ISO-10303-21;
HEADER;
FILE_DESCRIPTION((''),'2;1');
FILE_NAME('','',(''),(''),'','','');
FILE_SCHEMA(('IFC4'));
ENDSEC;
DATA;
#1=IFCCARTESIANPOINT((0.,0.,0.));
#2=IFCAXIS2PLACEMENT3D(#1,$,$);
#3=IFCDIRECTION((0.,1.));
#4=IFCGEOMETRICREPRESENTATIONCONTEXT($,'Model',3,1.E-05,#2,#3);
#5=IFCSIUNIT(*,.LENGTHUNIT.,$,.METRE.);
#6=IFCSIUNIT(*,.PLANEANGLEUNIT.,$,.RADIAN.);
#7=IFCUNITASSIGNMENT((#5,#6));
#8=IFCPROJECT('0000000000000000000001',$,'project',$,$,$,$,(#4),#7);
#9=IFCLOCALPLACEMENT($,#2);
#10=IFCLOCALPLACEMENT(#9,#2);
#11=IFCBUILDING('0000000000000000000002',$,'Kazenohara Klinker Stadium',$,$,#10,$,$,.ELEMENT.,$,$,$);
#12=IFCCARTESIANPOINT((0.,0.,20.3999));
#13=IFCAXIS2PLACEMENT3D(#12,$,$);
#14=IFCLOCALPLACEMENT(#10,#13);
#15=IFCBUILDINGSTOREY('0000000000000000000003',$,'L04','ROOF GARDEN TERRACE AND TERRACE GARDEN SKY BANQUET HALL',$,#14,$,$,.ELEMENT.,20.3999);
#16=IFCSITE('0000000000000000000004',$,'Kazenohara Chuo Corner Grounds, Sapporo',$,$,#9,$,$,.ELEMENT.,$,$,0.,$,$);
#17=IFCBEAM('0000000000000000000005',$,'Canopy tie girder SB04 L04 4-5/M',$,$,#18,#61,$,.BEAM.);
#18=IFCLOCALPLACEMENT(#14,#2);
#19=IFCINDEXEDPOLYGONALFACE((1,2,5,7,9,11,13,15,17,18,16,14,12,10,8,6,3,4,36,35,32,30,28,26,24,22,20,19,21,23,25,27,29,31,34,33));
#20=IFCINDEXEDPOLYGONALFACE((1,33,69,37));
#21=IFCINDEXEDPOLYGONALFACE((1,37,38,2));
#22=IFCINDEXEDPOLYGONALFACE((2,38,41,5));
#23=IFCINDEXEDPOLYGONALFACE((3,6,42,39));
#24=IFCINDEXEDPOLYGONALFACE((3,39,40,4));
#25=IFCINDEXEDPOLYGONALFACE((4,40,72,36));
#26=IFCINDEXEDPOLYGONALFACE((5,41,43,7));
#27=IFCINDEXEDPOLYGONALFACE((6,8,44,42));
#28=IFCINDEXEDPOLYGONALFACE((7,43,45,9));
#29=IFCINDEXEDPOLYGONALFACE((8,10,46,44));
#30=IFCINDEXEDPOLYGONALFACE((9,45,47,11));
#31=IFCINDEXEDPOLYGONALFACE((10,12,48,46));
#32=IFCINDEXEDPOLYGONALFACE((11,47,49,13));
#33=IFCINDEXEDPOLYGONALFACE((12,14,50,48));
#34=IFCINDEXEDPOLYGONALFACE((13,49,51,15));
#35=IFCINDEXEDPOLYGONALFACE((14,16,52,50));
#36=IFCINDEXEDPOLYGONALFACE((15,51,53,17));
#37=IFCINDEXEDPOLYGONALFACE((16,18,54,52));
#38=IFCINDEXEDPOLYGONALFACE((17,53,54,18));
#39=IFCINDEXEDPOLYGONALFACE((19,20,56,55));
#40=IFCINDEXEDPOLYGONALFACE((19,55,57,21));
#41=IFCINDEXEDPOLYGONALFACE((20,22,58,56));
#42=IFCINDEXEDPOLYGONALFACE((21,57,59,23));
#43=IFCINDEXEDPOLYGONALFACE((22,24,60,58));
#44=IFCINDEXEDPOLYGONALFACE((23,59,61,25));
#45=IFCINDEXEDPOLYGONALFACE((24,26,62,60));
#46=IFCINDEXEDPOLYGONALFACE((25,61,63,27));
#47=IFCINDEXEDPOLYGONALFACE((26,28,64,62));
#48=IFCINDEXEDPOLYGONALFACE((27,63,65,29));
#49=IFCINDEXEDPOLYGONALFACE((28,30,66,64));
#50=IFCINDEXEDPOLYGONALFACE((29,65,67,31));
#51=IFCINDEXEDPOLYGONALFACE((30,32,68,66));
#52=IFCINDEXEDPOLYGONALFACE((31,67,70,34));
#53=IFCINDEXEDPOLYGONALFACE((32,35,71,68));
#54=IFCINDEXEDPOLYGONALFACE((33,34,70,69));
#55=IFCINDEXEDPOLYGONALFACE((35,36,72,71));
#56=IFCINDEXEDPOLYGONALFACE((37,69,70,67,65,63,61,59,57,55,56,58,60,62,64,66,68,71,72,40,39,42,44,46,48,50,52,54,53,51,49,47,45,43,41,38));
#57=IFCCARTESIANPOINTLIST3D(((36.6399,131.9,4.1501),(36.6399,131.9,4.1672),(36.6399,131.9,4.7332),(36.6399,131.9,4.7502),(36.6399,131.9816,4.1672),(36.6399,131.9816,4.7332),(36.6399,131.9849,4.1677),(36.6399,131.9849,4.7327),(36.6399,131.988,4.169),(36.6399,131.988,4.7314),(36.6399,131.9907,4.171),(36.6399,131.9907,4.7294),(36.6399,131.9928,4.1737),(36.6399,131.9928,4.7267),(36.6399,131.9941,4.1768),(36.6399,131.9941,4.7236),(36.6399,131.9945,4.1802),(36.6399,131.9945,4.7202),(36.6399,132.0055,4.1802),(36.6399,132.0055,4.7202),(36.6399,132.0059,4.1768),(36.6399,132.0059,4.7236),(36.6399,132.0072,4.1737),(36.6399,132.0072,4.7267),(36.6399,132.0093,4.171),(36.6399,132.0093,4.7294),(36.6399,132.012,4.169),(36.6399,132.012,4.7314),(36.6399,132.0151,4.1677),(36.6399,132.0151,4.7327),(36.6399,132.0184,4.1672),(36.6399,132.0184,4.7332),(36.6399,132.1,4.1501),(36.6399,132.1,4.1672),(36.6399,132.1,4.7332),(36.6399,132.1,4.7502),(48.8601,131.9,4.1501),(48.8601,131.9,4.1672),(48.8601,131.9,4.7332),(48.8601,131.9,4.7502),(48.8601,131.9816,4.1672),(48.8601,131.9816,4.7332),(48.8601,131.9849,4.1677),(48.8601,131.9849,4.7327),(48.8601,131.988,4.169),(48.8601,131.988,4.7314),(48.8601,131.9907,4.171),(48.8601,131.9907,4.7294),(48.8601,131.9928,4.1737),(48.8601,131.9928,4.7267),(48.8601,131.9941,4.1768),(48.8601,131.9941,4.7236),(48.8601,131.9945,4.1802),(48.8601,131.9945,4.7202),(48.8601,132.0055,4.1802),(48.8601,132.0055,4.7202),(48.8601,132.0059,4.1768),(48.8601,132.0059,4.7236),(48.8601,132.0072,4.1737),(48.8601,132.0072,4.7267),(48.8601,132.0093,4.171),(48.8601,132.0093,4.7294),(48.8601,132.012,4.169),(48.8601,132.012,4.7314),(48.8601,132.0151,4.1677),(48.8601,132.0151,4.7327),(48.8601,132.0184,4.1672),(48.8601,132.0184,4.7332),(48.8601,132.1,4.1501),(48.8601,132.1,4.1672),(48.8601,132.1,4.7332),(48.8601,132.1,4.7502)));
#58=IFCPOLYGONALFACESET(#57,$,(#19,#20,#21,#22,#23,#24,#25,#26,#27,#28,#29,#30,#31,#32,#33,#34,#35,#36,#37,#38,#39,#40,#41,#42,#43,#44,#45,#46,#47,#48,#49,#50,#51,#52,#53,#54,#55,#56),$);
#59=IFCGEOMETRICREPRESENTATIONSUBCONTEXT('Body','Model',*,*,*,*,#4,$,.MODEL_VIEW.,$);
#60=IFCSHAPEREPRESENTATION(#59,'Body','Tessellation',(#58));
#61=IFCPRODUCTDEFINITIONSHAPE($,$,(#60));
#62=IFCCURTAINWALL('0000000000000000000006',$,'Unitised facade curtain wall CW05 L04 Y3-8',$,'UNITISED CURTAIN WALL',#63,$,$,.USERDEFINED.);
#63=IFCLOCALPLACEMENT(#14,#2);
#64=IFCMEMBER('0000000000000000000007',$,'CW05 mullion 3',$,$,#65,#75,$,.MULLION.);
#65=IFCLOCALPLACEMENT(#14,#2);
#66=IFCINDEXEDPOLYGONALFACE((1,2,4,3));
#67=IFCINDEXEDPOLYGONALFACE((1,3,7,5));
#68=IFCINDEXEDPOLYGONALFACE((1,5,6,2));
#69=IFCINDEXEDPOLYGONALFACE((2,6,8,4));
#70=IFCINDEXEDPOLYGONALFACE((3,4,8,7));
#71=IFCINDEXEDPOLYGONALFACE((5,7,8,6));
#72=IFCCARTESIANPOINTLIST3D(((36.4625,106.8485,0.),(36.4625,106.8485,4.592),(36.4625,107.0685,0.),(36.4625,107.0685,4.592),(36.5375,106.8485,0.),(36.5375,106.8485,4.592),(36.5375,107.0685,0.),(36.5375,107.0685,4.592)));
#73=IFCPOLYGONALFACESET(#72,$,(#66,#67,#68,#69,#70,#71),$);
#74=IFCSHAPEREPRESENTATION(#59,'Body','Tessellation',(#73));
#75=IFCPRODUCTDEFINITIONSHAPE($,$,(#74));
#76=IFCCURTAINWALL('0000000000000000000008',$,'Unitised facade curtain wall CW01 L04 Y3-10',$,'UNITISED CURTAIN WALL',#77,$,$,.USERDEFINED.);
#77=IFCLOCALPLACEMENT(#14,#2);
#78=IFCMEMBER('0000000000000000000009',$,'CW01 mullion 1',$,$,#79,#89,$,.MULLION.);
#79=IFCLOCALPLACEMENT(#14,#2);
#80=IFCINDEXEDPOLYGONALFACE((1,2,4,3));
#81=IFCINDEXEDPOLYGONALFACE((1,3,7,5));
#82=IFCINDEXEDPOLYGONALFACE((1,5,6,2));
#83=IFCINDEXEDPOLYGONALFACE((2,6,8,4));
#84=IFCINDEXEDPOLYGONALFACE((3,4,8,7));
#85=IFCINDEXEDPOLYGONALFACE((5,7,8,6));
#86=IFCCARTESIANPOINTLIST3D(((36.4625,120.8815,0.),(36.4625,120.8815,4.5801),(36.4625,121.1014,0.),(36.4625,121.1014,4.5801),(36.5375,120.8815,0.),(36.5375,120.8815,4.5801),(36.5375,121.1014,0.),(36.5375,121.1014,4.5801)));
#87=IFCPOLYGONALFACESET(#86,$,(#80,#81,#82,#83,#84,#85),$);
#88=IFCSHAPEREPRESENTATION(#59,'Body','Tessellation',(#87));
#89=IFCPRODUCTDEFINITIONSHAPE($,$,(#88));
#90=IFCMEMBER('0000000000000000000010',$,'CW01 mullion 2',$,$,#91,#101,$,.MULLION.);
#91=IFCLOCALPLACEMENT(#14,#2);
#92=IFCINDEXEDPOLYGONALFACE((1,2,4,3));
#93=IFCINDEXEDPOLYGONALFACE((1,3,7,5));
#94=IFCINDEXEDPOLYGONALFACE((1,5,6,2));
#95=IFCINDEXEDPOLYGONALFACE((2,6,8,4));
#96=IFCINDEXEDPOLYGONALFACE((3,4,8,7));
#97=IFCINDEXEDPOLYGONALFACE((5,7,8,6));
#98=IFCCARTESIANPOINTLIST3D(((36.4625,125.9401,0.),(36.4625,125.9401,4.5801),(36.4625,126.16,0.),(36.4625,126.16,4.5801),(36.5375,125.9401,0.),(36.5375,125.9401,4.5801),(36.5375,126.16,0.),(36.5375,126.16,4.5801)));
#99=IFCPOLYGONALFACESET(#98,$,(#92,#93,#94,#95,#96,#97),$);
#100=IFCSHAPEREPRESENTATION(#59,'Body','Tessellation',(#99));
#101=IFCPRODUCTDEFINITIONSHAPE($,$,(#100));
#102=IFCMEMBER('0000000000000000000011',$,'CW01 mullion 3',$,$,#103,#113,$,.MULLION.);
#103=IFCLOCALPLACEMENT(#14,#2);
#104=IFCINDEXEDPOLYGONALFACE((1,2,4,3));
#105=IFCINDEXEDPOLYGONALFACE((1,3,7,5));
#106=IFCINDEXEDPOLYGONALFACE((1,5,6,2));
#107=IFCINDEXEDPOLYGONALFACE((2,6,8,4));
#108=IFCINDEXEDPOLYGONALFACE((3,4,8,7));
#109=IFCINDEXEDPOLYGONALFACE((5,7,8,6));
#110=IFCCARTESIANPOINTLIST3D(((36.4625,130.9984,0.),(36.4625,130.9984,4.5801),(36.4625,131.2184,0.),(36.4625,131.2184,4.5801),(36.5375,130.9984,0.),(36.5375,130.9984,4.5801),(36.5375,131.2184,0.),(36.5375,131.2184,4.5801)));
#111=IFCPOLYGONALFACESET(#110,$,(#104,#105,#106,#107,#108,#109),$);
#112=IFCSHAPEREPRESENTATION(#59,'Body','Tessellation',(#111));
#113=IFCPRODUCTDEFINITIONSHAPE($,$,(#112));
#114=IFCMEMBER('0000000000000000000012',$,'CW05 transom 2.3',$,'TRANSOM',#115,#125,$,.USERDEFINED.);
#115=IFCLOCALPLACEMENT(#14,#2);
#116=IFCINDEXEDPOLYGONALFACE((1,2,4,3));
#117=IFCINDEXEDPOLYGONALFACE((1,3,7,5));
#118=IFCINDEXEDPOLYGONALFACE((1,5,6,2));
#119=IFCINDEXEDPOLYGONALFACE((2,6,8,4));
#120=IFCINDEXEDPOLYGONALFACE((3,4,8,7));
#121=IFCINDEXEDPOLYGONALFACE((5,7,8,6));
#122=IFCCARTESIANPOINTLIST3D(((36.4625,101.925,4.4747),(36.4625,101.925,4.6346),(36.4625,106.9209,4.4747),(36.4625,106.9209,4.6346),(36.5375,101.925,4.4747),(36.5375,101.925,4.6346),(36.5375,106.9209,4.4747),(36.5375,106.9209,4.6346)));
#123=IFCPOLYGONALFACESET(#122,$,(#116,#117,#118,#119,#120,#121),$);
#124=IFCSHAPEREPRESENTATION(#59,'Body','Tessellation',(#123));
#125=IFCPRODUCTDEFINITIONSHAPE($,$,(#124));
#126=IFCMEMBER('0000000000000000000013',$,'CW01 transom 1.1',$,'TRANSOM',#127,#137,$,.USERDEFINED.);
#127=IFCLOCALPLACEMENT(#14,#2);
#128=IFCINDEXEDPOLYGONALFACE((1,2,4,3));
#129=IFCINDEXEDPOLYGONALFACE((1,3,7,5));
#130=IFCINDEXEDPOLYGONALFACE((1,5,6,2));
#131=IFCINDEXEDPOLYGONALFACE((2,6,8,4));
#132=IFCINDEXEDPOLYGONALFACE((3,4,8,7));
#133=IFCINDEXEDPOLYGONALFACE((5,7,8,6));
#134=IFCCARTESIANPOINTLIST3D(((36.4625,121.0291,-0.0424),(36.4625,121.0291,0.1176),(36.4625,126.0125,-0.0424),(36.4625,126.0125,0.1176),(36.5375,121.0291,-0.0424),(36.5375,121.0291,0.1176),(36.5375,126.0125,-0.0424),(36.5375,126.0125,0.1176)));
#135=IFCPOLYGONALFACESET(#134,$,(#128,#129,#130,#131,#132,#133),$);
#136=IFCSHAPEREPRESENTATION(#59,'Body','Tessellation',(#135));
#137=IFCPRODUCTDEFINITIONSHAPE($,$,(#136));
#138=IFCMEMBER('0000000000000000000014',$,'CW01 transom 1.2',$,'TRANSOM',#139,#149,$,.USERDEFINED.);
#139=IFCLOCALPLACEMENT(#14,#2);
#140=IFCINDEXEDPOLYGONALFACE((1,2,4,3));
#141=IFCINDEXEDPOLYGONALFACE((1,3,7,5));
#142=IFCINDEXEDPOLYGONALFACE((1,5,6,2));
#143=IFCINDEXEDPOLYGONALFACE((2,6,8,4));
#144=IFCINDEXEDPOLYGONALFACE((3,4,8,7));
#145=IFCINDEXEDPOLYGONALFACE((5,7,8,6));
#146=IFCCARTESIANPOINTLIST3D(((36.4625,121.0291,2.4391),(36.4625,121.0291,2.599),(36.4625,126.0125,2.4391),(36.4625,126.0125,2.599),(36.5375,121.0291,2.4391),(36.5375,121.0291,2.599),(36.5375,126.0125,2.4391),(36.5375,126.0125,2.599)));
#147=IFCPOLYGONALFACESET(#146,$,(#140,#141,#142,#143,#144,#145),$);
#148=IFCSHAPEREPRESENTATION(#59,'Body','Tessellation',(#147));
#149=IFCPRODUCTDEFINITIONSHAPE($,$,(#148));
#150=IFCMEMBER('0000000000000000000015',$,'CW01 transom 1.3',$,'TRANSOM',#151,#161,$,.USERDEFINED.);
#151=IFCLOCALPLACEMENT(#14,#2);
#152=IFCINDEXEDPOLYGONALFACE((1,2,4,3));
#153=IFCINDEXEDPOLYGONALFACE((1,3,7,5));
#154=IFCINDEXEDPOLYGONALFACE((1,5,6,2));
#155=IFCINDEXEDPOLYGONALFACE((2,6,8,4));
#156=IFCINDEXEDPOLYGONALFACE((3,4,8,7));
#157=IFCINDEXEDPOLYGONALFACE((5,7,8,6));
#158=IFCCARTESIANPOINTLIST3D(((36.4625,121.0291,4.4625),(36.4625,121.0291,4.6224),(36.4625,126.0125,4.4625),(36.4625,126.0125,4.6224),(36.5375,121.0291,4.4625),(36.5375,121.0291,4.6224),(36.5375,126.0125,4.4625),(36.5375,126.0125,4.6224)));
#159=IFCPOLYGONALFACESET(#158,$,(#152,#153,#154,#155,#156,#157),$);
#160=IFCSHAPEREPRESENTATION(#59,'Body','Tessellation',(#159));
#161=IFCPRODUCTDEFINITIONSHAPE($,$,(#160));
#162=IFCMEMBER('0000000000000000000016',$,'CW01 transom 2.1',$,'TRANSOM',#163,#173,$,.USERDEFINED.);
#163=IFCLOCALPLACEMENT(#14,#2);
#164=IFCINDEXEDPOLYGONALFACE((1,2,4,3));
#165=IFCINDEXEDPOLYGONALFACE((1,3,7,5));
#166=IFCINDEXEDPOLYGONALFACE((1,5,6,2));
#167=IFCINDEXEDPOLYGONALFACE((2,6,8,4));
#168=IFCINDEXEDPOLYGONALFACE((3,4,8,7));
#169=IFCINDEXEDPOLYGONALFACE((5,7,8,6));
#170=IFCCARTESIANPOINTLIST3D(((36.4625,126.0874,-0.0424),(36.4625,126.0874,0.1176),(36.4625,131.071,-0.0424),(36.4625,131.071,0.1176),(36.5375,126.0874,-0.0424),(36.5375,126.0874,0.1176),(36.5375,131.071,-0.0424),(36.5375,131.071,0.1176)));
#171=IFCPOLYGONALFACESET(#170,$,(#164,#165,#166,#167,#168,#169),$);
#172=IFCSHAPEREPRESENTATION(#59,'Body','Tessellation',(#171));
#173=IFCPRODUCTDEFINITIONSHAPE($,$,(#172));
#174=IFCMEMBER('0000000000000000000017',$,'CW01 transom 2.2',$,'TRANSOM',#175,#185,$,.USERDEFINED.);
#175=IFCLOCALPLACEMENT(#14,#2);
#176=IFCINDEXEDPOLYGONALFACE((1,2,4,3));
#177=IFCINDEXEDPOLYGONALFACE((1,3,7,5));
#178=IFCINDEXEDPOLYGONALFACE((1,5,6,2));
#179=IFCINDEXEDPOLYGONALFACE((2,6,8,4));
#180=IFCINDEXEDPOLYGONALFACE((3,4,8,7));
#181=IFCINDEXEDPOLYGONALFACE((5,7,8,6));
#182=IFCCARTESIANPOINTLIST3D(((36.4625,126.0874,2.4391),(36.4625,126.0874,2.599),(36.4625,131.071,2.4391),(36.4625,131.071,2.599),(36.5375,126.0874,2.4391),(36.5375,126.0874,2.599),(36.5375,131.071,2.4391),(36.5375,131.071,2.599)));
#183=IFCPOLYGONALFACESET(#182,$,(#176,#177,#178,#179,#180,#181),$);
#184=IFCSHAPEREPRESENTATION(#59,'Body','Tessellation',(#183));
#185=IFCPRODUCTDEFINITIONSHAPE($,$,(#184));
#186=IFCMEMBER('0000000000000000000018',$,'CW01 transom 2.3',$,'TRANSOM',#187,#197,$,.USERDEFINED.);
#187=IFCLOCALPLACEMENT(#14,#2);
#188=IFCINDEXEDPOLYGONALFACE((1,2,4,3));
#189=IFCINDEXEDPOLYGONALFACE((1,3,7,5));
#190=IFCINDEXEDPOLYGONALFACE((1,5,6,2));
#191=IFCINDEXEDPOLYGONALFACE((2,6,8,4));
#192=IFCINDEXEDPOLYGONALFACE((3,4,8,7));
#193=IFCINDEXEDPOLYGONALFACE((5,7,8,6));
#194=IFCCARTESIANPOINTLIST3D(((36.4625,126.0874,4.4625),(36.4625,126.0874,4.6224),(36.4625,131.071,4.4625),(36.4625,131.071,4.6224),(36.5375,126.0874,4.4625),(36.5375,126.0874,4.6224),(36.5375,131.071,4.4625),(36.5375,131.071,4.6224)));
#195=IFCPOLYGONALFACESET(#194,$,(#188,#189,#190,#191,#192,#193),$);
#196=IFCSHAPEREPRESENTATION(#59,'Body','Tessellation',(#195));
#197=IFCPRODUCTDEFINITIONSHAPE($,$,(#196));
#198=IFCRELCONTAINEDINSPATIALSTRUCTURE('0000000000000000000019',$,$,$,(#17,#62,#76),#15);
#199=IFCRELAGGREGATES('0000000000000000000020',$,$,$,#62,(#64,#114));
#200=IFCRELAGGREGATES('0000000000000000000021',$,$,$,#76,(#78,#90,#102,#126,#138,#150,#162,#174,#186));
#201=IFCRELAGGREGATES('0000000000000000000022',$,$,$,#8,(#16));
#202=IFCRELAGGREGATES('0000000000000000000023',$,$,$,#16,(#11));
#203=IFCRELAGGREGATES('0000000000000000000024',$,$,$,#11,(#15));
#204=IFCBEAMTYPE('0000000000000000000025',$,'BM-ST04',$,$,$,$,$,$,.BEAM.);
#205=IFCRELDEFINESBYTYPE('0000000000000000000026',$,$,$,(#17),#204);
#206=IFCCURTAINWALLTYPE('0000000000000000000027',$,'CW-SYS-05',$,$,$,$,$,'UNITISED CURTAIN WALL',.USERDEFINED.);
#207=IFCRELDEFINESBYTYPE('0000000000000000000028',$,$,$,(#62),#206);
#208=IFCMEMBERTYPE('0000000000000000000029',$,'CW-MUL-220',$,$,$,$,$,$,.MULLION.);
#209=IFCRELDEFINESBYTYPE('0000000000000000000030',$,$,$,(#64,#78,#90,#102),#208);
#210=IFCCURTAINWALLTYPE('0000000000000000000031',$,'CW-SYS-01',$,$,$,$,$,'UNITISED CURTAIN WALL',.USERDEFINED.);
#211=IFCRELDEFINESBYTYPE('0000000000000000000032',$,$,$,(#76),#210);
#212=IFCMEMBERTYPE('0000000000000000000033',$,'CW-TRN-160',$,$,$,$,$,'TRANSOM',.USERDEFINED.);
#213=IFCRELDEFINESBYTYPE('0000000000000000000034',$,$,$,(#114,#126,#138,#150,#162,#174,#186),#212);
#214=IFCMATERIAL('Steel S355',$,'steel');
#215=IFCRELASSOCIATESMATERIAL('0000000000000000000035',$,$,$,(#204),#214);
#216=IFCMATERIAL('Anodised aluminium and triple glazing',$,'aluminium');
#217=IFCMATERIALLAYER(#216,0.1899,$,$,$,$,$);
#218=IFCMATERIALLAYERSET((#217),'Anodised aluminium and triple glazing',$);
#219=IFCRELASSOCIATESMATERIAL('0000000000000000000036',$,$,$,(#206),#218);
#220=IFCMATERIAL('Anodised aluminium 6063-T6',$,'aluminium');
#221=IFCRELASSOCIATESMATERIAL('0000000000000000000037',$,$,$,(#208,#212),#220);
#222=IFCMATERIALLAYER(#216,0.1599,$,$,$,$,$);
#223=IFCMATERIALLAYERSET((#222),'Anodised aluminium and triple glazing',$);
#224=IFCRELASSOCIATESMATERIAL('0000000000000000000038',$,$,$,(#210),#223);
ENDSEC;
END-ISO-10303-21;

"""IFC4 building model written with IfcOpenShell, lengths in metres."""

from ifc_helpers import new_model, si_unit, direction, frame, origin, origin_2d, place, context, subcontext, project, spatial, rectangle, i_section, extrude, material, layer, layer_set, material_profile, profile_set, type_object, element, aggregate, save


model = new_model("IFC4")

# Units and contexts
model_context = context("Model", 3, precision=1e-05, world=origin(), true_north=direction((0.0, 1.0)))
body_context = subcontext(model_context, "Body", "Model", "MODEL_VIEW")
ifc_project = project(units=[si_unit("LENGTHUNIT", "METRE"), si_unit("PLANEANGLEUNIT", "RADIAN")], contexts=[model_context])

# Site, building, storey
site_placement = place(None, origin())
site = spatial("IfcSite", under=ifc_project, at=site_placement, Name="Kazenohara Chuo Corner Grounds, Sapporo", CompositionType="ELEMENT", RefElevation=0.0)
building_placement = place(site_placement, origin())
building = spatial("IfcBuilding", under=site, at=building_placement, Name="Kazenohara Klinker Stadium", CompositionType="ELEMENT")
storey_placement = place(building_placement, frame((0.0, 0.0, 20.3999)))
storey = spatial("IfcBuildingStorey", under=building, at=storey_placement, Name="L04", Description="ROOF GARDEN TERRACE AND TERRACE GARDEN SKY BANQUET HALL", CompositionType="ELEMENT", Elevation=20.3999)

# Beam
ifc_material_1 = material(Name="Steel S355", Category="steel")
ifc_material_profile_1 = material_profile(ifc_material_1, i_section(OverallWidth=0.2, OverallDepth=0.6001, WebThickness=0.011, FlangeThickness=0.0171, FilletRadius=0.0129, at=origin_2d()), Name="H-600x200x11x17")
ifc_profile_set_1 = profile_set([ifc_material_profile_1], Name="Steel S355")
beam_type = type_object("IfcBeamType", Name="BM-ST04", PredefinedType="BEAM", material=ifc_profile_set_1)
beam_placement = place(storey_placement, frame((36.6399, 132.0, 4.4502), z_axis=(1.0, 0.0, 0.0), x_axis=(0.0, 1.0, 0.0)))
element("IfcBeam", 1, at=beam_placement, inside=storey, type_object=beam_type, Name="Canopy tie girder SB04 L04 4-5/M", PredefinedType="BEAM", context=body_context, shape_type="SweptSolid", body=[
    extrude(i_section(OverallWidth=0.2, OverallDepth=0.6001, WebThickness=0.011, FlangeThickness=0.0171, FilletRadius=0.0129, at=origin_2d()), origin(), (0.0, 0.0, 1.0), 12.2202),
])

# Curtain wall, member
ifc_material_2 = material(Name="Anodised aluminium and triple glazing", Category="aluminium")
ifc_layer_1 = layer(ifc_material_2, 0.1899)
ifc_layer_set_1 = layer_set([ifc_layer_1], Name="Anodised aluminium and triple glazing")
curtain_wall_type_1 = type_object("IfcCurtainWallType", Name="CW-SYS-05", ElementType="UNITISED CURTAIN WALL", PredefinedType="USERDEFINED", material=ifc_layer_set_1)
curtain_wall_1_placement = place(storey_placement, origin())
curtain_wall_1 = element("IfcCurtainWall", 2, at=curtain_wall_1_placement, inside=storey, type_object=curtain_wall_type_1, Name="Unitised facade curtain wall CW05 L04 Y3-8", ObjectType="UNITISED CURTAIN WALL", PredefinedType="USERDEFINED")
ifc_material_3 = material(Name="Anodised aluminium 6063-T6", Category="aluminium")
ifc_material_profile_2 = material_profile(ifc_material_3, rectangle(XDim=0.075, YDim=0.22, at=origin_2d()), Name="ALU-MUL-75x220")
ifc_profile_set_2 = profile_set([ifc_material_profile_2], Name="Anodised aluminium 6063-T6")
member_type_1 = type_object("IfcMemberType", Name="CW-MUL-220", PredefinedType="MULLION", material=ifc_profile_set_2)
member_1_placement = place(storey_placement, frame((36.5, 106.9585, 0.0), z_axis=(0.0, 0.0, 1.0), x_axis=(-1.0, 0.0, 0.0)))
member_1 = element("IfcMember", 3, at=member_1_placement, type_object=member_type_1, Name="CW05 mullion 3", PredefinedType="MULLION", context=body_context, shape_type="SweptSolid", body=[
    extrude(rectangle(XDim=0.075, YDim=0.22, at=origin_2d()), origin(), (0.0, 0.0, 1.0), 4.592),
])

# Curtain wall, members
ifc_layer_2 = layer(ifc_material_2, 0.1599)
ifc_layer_set_2 = layer_set([ifc_layer_2], Name="Anodised aluminium and triple glazing")
curtain_wall_type_2 = type_object("IfcCurtainWallType", Name="CW-SYS-01", ElementType="UNITISED CURTAIN WALL", PredefinedType="USERDEFINED", material=ifc_layer_set_2)
curtain_wall_2_placement = place(storey_placement, origin())
curtain_wall_2 = element("IfcCurtainWall", 4, at=curtain_wall_2_placement, inside=storey, type_object=curtain_wall_type_2, Name="Unitised facade curtain wall CW01 L04 Y3-10", ObjectType="UNITISED CURTAIN WALL", PredefinedType="USERDEFINED")
member_2_placement = place(storey_placement, frame((36.5, 120.9915, 0.0), z_axis=(0.0, 0.0, 1.0), x_axis=(-1.0, 0.0, 0.0)))
member_2 = element("IfcMember", 5, at=member_2_placement, type_object=member_type_1, Name="CW01 mullion 1", PredefinedType="MULLION", context=body_context, shape_type="SweptSolid", body=[
    extrude(rectangle(XDim=0.075, YDim=0.22, at=origin_2d()), origin(), (0.0, 0.0, 1.0), 4.5801),
])
member_3_placement = place(storey_placement, frame((36.5, 126.05, 0.0), z_axis=(0.0, 0.0, 1.0), x_axis=(-1.0, 0.0, 0.0)))
member_3 = element("IfcMember", 6, at=member_3_placement, type_object=member_type_1, Name="CW01 mullion 2", PredefinedType="MULLION", context=body_context, shape_type="SweptSolid", body=[
    extrude(rectangle(XDim=0.075, YDim=0.22, at=origin_2d()), origin(), (0.0, 0.0, 1.0), 4.5801),
])
member_4_placement = place(storey_placement, frame((36.5, 131.1084, 0.0), z_axis=(0.0, 0.0, 1.0), x_axis=(-1.0, 0.0, 0.0)))
member_4 = element("IfcMember", 7, at=member_4_placement, type_object=member_type_1, Name="CW01 mullion 3", PredefinedType="MULLION", context=body_context, shape_type="SweptSolid", body=[
    extrude(rectangle(XDim=0.075, YDim=0.22, at=origin_2d()), origin(), (0.0, 0.0, 1.0), 4.5801),
])

# Members
ifc_material_profile_3 = material_profile(ifc_material_3, rectangle(XDim=0.075, YDim=0.1599, at=origin_2d()), Name="ALU-TRN-75x160")
ifc_profile_set_3 = profile_set([ifc_material_profile_3], Name="Anodised aluminium 6063-T6")
member_type_2 = type_object("IfcMemberType", Name="CW-TRN-160", ElementType="TRANSOM", PredefinedType="USERDEFINED", material=ifc_profile_set_3)
member_5_placement = place(storey_placement, frame((36.5, 101.925, 4.5547), z_axis=(0.0, 1.0, 0.0), x_axis=(-1.0, 0.0, 0.0)))
member_5 = element("IfcMember", 8, at=member_5_placement, type_object=member_type_2, Name="CW05 transom 2.3", ObjectType="TRANSOM", PredefinedType="USERDEFINED", context=body_context, shape_type="SweptSolid", body=[
    extrude(rectangle(XDim=0.075, YDim=0.1599, at=origin_2d()), origin(), (0.0, 0.0, 1.0), 4.9958),
])
member_6_placement = place(storey_placement, frame((36.5, 121.0291, 0.0376), z_axis=(0.0, 1.0, 0.0), x_axis=(-1.0, 0.0, 0.0)))
member_6 = element("IfcMember", 9, at=member_6_placement, type_object=member_type_2, Name="CW01 transom 1.1", ObjectType="TRANSOM", PredefinedType="USERDEFINED", context=body_context, shape_type="SweptSolid", body=[
    extrude(rectangle(XDim=0.075, YDim=0.1599, at=origin_2d()), origin(), (0.0, 0.0, 1.0), 4.9834),
])
member_7_placement = place(storey_placement, frame((36.5, 121.0291, 2.519), z_axis=(0.0, 1.0, 0.0), x_axis=(-1.0, 0.0, 0.0)))
member_7 = element("IfcMember", 10, at=member_7_placement, type_object=member_type_2, Name="CW01 transom 1.2", ObjectType="TRANSOM", PredefinedType="USERDEFINED", context=body_context, shape_type="SweptSolid", body=[
    extrude(rectangle(XDim=0.075, YDim=0.1599, at=origin_2d()), origin(), (0.0, 0.0, 1.0), 4.9834),
])
member_8_placement = place(storey_placement, frame((36.5, 121.0291, 4.5425), z_axis=(0.0, 1.0, 0.0), x_axis=(-1.0, 0.0, 0.0)))
member_8 = element("IfcMember", 11, at=member_8_placement, type_object=member_type_2, Name="CW01 transom 1.3", ObjectType="TRANSOM", PredefinedType="USERDEFINED", context=body_context, shape_type="SweptSolid", body=[
    extrude(rectangle(XDim=0.075, YDim=0.1599, at=origin_2d()), origin(), (0.0, 0.0, 1.0), 4.9834),
])
member_9_placement = place(storey_placement, frame((36.5, 126.0874, 0.0376), z_axis=(0.0, 1.0, 0.0), x_axis=(-1.0, 0.0, 0.0)))
member_9 = element("IfcMember", 12, at=member_9_placement, type_object=member_type_2, Name="CW01 transom 2.1", ObjectType="TRANSOM", PredefinedType="USERDEFINED", context=body_context, shape_type="SweptSolid", body=[
    extrude(rectangle(XDim=0.075, YDim=0.1599, at=origin_2d()), origin(), (0.0, 0.0, 1.0), 4.9836),
])
member_10_placement = place(storey_placement, frame((36.5, 126.0874, 2.519), z_axis=(0.0, 1.0, 0.0), x_axis=(-1.0, 0.0, 0.0)))
member_10 = element("IfcMember", 13, at=member_10_placement, type_object=member_type_2, Name="CW01 transom 2.2", ObjectType="TRANSOM", PredefinedType="USERDEFINED", context=body_context, shape_type="SweptSolid", body=[
    extrude(rectangle(XDim=0.075, YDim=0.1599, at=origin_2d()), origin(), (0.0, 0.0, 1.0), 4.9836),
])
member_11_placement = place(storey_placement, frame((36.5, 126.0874, 4.5425), z_axis=(0.0, 1.0, 0.0), x_axis=(-1.0, 0.0, 0.0)))
member_11 = element("IfcMember", 14, at=member_11_placement, type_object=member_type_2, Name="CW01 transom 2.3", ObjectType="TRANSOM", PredefinedType="USERDEFINED", context=body_context, shape_type="SweptSolid", body=[
    extrude(rectangle(XDim=0.075, YDim=0.1599, at=origin_2d()), origin(), (0.0, 0.0, 1.0), 4.9836),
])

aggregate(curtain_wall_1, [member_1, member_5])
aggregate(curtain_wall_2, [member_2, member_3, member_4, member_6, member_7, member_8, member_9, member_10, member_11])

save(model, "model.ifc")
